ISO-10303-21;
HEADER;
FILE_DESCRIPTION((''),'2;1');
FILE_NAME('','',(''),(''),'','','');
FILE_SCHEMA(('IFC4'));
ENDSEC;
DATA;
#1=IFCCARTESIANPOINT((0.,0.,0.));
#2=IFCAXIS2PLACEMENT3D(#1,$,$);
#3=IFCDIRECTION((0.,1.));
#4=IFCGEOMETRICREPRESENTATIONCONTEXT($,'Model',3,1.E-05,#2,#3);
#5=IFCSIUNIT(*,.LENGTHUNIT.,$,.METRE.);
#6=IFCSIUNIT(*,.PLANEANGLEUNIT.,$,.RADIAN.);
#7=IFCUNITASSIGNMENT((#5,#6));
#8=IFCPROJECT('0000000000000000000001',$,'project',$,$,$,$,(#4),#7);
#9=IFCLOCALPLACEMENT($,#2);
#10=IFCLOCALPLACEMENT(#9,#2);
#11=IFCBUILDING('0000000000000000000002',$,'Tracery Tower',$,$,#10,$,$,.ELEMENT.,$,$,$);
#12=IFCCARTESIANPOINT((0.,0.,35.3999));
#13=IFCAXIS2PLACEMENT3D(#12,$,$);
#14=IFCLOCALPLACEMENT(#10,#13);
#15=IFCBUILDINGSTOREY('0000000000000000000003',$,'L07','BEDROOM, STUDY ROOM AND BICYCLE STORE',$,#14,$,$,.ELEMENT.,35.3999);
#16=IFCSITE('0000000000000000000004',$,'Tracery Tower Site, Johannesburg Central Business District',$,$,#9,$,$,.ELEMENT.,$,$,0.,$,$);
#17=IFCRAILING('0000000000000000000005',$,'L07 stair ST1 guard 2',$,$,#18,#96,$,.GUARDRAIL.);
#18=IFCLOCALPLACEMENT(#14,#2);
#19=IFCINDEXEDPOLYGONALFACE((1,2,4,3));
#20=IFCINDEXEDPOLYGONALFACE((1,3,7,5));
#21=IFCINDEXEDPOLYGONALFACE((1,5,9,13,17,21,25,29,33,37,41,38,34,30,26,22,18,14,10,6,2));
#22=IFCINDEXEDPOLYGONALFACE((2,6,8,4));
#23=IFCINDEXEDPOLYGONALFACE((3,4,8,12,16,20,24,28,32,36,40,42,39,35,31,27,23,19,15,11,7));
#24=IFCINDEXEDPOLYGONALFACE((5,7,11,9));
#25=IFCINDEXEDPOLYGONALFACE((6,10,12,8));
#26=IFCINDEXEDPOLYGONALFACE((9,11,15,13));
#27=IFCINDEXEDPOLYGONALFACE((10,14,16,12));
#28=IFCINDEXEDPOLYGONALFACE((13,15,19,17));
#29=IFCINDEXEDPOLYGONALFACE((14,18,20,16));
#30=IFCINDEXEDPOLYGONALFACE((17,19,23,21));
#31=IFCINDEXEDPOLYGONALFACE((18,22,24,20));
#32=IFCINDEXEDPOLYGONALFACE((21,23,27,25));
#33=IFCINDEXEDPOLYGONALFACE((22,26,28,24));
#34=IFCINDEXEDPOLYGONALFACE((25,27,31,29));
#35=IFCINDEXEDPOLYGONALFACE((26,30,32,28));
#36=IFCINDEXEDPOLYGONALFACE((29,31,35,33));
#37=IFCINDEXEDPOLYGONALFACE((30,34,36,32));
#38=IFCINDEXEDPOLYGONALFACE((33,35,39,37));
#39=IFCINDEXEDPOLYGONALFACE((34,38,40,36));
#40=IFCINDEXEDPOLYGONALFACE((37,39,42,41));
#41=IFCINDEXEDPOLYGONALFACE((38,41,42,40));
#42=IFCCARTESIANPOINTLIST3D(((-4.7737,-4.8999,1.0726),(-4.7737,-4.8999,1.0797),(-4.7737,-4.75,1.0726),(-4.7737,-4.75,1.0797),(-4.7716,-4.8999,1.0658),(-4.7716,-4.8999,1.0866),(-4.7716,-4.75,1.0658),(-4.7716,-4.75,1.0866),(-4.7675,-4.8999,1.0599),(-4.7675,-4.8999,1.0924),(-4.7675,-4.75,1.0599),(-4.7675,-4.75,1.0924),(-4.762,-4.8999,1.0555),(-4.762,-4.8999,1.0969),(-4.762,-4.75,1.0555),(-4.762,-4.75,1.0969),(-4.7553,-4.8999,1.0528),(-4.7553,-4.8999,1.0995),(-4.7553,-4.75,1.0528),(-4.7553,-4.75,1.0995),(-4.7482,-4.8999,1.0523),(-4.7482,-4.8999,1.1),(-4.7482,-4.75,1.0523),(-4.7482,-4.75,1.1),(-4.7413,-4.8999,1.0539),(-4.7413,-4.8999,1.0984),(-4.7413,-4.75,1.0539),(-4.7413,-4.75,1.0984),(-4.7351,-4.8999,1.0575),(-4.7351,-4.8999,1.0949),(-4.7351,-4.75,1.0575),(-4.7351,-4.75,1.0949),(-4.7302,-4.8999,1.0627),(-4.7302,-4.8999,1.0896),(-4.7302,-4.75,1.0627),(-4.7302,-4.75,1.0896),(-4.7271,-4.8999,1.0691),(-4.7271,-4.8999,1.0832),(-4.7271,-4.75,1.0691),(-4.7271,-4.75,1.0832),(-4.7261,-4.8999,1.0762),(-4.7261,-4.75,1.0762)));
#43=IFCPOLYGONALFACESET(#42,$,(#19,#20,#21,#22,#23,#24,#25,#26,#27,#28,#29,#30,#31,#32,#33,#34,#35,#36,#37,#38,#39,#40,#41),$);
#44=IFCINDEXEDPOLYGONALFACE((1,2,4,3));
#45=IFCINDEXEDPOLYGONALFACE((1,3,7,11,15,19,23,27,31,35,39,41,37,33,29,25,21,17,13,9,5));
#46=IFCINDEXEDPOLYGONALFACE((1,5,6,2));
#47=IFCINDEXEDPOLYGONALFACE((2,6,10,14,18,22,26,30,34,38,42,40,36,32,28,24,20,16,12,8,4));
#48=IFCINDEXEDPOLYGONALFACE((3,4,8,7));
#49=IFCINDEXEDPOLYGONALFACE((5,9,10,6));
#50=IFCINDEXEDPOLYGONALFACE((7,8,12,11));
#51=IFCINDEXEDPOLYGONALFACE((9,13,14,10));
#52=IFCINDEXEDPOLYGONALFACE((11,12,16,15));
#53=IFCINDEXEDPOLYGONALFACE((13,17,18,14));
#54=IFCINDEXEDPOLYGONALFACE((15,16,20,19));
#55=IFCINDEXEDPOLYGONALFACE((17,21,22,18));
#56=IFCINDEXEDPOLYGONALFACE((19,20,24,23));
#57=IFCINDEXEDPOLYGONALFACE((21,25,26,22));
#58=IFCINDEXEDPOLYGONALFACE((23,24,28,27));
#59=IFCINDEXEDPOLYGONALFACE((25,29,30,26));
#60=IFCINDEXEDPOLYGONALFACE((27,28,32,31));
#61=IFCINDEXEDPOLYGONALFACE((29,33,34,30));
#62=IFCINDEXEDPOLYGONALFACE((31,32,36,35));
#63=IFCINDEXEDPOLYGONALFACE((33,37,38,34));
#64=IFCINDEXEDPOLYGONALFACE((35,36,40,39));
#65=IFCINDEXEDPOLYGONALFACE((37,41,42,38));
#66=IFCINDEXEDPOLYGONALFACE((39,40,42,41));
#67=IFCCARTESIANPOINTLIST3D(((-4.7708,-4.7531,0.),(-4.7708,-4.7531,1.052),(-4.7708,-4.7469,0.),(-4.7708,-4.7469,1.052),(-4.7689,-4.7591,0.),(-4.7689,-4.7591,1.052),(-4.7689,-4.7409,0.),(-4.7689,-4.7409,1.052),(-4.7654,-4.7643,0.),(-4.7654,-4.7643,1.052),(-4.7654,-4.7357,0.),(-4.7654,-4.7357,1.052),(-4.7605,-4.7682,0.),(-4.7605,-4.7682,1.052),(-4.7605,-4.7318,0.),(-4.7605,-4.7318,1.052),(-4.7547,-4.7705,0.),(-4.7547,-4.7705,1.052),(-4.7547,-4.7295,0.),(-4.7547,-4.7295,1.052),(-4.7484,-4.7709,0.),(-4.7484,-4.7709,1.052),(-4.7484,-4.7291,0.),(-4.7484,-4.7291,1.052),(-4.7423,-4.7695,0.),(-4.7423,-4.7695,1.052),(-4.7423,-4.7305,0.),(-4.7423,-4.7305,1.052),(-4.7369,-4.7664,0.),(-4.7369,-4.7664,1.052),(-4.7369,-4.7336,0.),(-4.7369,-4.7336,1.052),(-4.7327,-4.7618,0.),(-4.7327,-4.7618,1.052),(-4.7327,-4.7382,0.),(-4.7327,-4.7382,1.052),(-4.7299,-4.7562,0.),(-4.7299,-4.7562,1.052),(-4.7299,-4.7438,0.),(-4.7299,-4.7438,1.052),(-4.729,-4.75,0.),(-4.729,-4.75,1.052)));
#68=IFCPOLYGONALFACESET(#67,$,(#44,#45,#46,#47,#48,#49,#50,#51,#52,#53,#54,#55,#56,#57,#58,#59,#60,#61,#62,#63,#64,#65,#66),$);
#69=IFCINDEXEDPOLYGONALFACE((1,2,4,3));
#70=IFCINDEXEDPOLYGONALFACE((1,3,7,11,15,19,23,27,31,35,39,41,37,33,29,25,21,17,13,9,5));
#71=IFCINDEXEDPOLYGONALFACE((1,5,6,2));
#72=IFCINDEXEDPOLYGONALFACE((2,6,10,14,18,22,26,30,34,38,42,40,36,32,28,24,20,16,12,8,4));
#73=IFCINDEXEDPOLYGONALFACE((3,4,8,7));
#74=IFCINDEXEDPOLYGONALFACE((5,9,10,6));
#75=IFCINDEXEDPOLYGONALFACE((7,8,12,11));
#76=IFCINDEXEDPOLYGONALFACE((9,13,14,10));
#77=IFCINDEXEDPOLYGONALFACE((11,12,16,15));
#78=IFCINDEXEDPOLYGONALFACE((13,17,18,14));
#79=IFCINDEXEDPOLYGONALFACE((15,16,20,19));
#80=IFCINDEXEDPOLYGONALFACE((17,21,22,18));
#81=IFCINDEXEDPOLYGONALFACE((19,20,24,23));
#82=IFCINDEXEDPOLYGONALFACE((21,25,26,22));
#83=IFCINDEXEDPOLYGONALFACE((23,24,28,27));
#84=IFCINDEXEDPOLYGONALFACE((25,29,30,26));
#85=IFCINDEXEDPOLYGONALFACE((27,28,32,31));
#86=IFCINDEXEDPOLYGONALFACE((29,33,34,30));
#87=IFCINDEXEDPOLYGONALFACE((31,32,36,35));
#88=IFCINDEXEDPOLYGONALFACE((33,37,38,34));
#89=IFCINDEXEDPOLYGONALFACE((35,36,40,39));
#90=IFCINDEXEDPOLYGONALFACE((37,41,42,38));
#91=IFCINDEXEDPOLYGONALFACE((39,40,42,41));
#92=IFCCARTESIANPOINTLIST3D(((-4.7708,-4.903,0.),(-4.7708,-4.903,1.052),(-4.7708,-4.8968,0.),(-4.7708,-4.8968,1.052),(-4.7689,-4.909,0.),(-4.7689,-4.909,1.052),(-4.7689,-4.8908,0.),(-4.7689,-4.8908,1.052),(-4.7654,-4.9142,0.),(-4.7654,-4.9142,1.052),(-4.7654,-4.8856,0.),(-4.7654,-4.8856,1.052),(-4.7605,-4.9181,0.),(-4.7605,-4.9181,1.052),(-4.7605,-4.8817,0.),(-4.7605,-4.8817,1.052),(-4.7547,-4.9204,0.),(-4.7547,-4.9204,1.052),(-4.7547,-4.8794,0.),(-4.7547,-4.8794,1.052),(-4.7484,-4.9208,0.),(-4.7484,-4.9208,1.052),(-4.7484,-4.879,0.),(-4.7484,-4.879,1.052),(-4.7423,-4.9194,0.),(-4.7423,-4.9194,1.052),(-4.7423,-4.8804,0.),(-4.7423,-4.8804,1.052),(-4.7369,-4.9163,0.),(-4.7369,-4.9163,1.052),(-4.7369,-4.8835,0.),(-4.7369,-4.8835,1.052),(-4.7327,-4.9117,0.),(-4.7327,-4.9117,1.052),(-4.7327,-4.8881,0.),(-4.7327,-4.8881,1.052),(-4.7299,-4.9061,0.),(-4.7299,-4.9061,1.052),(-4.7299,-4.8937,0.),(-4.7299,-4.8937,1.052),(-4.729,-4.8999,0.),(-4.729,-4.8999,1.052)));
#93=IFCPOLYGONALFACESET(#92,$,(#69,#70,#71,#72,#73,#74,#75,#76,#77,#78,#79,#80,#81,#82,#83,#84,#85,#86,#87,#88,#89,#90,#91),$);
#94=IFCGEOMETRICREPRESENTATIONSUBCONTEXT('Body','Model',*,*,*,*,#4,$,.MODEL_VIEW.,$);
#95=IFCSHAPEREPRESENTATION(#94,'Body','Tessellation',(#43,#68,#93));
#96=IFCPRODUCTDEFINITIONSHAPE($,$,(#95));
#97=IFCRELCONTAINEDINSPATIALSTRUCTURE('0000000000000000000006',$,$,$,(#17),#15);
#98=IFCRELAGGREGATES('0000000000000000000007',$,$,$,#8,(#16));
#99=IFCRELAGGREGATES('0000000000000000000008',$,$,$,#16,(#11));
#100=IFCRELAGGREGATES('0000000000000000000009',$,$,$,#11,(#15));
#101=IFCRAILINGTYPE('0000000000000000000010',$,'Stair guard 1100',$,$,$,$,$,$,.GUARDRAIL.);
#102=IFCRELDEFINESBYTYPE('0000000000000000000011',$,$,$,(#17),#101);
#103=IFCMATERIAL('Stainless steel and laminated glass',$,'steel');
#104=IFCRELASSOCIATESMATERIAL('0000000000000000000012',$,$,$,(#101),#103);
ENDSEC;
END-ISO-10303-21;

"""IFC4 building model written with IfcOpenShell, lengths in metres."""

from ifc_helpers import new_model, si_unit, direction, frame, origin, origin_2d, place, context, subcontext, project, spatial, circle, extrude, material, type_object, element, save


model = new_model("IFC4")

# Units and contexts
model_context = context("Model", 3, precision=1e-05, world=origin(), true_north=direction((0.0, 1.0)))
body_context = subcontext(model_context, "Body", "Model", "MODEL_VIEW")
ifc_project = project(units=[si_unit("LENGTHUNIT", "METRE"), si_unit("PLANEANGLEUNIT", "RADIAN")], contexts=[model_context])

# Site, building, storey
site_placement = place(None, origin())
site = spatial("IfcSite", under=ifc_project, at=site_placement, Name="Tracery Tower Site, Johannesburg Central Business District", CompositionType="ELEMENT", RefElevation=0.0)
building_placement = place(site_placement, origin())
building = spatial("IfcBuilding", under=site, at=building_placement, Name="Tracery Tower", CompositionType="ELEMENT")
storey_placement = place(building_placement, frame((0.0, 0.0, 35.3999)))
storey = spatial("IfcBuildingStorey", under=building, at=storey_placement, Name="L07", Description="BEDROOM, STUDY ROOM AND BICYCLE STORE", CompositionType="ELEMENT", Elevation=35.3999)

# Railing
ifc_material_1 = material(Name="Stainless steel and laminated glass", Category="steel")
railing_type_1 = type_object("IfcRailingType", Name="Stair guard 1100", PredefinedType="GUARDRAIL", material=ifc_material_1)
railing_1_placement = place(storey_placement, frame((-4.75, -4.75, 0.0)))
element("IfcRailing", 1, at=railing_1_placement, inside=storey, type_object=railing_type_1, Name="L07 stair ST1 guard 2", PredefinedType="GUARDRAIL", context=body_context, shape_type="SweptSolid", body=[
    extrude(circle(Radius=0.0239, at=origin_2d()), frame((0.0, 0.0, 1.0762), z_axis=(0.0, -1.0, 0.0), x_axis=(1.0, 0.0, 0.0)), (0.0, 0.0, 1.0), 0.1499),
    extrude(circle(Radius=0.021, at=origin_2d()), origin(), (0.0, 0.0, 1.0), 1.052),
    extrude(circle(Radius=0.021, at=origin_2d()), frame((0.0, -0.1499, 0.0)), (0.0, 0.0, 1.0), 1.052),
])

save(model, "model.ifc")
